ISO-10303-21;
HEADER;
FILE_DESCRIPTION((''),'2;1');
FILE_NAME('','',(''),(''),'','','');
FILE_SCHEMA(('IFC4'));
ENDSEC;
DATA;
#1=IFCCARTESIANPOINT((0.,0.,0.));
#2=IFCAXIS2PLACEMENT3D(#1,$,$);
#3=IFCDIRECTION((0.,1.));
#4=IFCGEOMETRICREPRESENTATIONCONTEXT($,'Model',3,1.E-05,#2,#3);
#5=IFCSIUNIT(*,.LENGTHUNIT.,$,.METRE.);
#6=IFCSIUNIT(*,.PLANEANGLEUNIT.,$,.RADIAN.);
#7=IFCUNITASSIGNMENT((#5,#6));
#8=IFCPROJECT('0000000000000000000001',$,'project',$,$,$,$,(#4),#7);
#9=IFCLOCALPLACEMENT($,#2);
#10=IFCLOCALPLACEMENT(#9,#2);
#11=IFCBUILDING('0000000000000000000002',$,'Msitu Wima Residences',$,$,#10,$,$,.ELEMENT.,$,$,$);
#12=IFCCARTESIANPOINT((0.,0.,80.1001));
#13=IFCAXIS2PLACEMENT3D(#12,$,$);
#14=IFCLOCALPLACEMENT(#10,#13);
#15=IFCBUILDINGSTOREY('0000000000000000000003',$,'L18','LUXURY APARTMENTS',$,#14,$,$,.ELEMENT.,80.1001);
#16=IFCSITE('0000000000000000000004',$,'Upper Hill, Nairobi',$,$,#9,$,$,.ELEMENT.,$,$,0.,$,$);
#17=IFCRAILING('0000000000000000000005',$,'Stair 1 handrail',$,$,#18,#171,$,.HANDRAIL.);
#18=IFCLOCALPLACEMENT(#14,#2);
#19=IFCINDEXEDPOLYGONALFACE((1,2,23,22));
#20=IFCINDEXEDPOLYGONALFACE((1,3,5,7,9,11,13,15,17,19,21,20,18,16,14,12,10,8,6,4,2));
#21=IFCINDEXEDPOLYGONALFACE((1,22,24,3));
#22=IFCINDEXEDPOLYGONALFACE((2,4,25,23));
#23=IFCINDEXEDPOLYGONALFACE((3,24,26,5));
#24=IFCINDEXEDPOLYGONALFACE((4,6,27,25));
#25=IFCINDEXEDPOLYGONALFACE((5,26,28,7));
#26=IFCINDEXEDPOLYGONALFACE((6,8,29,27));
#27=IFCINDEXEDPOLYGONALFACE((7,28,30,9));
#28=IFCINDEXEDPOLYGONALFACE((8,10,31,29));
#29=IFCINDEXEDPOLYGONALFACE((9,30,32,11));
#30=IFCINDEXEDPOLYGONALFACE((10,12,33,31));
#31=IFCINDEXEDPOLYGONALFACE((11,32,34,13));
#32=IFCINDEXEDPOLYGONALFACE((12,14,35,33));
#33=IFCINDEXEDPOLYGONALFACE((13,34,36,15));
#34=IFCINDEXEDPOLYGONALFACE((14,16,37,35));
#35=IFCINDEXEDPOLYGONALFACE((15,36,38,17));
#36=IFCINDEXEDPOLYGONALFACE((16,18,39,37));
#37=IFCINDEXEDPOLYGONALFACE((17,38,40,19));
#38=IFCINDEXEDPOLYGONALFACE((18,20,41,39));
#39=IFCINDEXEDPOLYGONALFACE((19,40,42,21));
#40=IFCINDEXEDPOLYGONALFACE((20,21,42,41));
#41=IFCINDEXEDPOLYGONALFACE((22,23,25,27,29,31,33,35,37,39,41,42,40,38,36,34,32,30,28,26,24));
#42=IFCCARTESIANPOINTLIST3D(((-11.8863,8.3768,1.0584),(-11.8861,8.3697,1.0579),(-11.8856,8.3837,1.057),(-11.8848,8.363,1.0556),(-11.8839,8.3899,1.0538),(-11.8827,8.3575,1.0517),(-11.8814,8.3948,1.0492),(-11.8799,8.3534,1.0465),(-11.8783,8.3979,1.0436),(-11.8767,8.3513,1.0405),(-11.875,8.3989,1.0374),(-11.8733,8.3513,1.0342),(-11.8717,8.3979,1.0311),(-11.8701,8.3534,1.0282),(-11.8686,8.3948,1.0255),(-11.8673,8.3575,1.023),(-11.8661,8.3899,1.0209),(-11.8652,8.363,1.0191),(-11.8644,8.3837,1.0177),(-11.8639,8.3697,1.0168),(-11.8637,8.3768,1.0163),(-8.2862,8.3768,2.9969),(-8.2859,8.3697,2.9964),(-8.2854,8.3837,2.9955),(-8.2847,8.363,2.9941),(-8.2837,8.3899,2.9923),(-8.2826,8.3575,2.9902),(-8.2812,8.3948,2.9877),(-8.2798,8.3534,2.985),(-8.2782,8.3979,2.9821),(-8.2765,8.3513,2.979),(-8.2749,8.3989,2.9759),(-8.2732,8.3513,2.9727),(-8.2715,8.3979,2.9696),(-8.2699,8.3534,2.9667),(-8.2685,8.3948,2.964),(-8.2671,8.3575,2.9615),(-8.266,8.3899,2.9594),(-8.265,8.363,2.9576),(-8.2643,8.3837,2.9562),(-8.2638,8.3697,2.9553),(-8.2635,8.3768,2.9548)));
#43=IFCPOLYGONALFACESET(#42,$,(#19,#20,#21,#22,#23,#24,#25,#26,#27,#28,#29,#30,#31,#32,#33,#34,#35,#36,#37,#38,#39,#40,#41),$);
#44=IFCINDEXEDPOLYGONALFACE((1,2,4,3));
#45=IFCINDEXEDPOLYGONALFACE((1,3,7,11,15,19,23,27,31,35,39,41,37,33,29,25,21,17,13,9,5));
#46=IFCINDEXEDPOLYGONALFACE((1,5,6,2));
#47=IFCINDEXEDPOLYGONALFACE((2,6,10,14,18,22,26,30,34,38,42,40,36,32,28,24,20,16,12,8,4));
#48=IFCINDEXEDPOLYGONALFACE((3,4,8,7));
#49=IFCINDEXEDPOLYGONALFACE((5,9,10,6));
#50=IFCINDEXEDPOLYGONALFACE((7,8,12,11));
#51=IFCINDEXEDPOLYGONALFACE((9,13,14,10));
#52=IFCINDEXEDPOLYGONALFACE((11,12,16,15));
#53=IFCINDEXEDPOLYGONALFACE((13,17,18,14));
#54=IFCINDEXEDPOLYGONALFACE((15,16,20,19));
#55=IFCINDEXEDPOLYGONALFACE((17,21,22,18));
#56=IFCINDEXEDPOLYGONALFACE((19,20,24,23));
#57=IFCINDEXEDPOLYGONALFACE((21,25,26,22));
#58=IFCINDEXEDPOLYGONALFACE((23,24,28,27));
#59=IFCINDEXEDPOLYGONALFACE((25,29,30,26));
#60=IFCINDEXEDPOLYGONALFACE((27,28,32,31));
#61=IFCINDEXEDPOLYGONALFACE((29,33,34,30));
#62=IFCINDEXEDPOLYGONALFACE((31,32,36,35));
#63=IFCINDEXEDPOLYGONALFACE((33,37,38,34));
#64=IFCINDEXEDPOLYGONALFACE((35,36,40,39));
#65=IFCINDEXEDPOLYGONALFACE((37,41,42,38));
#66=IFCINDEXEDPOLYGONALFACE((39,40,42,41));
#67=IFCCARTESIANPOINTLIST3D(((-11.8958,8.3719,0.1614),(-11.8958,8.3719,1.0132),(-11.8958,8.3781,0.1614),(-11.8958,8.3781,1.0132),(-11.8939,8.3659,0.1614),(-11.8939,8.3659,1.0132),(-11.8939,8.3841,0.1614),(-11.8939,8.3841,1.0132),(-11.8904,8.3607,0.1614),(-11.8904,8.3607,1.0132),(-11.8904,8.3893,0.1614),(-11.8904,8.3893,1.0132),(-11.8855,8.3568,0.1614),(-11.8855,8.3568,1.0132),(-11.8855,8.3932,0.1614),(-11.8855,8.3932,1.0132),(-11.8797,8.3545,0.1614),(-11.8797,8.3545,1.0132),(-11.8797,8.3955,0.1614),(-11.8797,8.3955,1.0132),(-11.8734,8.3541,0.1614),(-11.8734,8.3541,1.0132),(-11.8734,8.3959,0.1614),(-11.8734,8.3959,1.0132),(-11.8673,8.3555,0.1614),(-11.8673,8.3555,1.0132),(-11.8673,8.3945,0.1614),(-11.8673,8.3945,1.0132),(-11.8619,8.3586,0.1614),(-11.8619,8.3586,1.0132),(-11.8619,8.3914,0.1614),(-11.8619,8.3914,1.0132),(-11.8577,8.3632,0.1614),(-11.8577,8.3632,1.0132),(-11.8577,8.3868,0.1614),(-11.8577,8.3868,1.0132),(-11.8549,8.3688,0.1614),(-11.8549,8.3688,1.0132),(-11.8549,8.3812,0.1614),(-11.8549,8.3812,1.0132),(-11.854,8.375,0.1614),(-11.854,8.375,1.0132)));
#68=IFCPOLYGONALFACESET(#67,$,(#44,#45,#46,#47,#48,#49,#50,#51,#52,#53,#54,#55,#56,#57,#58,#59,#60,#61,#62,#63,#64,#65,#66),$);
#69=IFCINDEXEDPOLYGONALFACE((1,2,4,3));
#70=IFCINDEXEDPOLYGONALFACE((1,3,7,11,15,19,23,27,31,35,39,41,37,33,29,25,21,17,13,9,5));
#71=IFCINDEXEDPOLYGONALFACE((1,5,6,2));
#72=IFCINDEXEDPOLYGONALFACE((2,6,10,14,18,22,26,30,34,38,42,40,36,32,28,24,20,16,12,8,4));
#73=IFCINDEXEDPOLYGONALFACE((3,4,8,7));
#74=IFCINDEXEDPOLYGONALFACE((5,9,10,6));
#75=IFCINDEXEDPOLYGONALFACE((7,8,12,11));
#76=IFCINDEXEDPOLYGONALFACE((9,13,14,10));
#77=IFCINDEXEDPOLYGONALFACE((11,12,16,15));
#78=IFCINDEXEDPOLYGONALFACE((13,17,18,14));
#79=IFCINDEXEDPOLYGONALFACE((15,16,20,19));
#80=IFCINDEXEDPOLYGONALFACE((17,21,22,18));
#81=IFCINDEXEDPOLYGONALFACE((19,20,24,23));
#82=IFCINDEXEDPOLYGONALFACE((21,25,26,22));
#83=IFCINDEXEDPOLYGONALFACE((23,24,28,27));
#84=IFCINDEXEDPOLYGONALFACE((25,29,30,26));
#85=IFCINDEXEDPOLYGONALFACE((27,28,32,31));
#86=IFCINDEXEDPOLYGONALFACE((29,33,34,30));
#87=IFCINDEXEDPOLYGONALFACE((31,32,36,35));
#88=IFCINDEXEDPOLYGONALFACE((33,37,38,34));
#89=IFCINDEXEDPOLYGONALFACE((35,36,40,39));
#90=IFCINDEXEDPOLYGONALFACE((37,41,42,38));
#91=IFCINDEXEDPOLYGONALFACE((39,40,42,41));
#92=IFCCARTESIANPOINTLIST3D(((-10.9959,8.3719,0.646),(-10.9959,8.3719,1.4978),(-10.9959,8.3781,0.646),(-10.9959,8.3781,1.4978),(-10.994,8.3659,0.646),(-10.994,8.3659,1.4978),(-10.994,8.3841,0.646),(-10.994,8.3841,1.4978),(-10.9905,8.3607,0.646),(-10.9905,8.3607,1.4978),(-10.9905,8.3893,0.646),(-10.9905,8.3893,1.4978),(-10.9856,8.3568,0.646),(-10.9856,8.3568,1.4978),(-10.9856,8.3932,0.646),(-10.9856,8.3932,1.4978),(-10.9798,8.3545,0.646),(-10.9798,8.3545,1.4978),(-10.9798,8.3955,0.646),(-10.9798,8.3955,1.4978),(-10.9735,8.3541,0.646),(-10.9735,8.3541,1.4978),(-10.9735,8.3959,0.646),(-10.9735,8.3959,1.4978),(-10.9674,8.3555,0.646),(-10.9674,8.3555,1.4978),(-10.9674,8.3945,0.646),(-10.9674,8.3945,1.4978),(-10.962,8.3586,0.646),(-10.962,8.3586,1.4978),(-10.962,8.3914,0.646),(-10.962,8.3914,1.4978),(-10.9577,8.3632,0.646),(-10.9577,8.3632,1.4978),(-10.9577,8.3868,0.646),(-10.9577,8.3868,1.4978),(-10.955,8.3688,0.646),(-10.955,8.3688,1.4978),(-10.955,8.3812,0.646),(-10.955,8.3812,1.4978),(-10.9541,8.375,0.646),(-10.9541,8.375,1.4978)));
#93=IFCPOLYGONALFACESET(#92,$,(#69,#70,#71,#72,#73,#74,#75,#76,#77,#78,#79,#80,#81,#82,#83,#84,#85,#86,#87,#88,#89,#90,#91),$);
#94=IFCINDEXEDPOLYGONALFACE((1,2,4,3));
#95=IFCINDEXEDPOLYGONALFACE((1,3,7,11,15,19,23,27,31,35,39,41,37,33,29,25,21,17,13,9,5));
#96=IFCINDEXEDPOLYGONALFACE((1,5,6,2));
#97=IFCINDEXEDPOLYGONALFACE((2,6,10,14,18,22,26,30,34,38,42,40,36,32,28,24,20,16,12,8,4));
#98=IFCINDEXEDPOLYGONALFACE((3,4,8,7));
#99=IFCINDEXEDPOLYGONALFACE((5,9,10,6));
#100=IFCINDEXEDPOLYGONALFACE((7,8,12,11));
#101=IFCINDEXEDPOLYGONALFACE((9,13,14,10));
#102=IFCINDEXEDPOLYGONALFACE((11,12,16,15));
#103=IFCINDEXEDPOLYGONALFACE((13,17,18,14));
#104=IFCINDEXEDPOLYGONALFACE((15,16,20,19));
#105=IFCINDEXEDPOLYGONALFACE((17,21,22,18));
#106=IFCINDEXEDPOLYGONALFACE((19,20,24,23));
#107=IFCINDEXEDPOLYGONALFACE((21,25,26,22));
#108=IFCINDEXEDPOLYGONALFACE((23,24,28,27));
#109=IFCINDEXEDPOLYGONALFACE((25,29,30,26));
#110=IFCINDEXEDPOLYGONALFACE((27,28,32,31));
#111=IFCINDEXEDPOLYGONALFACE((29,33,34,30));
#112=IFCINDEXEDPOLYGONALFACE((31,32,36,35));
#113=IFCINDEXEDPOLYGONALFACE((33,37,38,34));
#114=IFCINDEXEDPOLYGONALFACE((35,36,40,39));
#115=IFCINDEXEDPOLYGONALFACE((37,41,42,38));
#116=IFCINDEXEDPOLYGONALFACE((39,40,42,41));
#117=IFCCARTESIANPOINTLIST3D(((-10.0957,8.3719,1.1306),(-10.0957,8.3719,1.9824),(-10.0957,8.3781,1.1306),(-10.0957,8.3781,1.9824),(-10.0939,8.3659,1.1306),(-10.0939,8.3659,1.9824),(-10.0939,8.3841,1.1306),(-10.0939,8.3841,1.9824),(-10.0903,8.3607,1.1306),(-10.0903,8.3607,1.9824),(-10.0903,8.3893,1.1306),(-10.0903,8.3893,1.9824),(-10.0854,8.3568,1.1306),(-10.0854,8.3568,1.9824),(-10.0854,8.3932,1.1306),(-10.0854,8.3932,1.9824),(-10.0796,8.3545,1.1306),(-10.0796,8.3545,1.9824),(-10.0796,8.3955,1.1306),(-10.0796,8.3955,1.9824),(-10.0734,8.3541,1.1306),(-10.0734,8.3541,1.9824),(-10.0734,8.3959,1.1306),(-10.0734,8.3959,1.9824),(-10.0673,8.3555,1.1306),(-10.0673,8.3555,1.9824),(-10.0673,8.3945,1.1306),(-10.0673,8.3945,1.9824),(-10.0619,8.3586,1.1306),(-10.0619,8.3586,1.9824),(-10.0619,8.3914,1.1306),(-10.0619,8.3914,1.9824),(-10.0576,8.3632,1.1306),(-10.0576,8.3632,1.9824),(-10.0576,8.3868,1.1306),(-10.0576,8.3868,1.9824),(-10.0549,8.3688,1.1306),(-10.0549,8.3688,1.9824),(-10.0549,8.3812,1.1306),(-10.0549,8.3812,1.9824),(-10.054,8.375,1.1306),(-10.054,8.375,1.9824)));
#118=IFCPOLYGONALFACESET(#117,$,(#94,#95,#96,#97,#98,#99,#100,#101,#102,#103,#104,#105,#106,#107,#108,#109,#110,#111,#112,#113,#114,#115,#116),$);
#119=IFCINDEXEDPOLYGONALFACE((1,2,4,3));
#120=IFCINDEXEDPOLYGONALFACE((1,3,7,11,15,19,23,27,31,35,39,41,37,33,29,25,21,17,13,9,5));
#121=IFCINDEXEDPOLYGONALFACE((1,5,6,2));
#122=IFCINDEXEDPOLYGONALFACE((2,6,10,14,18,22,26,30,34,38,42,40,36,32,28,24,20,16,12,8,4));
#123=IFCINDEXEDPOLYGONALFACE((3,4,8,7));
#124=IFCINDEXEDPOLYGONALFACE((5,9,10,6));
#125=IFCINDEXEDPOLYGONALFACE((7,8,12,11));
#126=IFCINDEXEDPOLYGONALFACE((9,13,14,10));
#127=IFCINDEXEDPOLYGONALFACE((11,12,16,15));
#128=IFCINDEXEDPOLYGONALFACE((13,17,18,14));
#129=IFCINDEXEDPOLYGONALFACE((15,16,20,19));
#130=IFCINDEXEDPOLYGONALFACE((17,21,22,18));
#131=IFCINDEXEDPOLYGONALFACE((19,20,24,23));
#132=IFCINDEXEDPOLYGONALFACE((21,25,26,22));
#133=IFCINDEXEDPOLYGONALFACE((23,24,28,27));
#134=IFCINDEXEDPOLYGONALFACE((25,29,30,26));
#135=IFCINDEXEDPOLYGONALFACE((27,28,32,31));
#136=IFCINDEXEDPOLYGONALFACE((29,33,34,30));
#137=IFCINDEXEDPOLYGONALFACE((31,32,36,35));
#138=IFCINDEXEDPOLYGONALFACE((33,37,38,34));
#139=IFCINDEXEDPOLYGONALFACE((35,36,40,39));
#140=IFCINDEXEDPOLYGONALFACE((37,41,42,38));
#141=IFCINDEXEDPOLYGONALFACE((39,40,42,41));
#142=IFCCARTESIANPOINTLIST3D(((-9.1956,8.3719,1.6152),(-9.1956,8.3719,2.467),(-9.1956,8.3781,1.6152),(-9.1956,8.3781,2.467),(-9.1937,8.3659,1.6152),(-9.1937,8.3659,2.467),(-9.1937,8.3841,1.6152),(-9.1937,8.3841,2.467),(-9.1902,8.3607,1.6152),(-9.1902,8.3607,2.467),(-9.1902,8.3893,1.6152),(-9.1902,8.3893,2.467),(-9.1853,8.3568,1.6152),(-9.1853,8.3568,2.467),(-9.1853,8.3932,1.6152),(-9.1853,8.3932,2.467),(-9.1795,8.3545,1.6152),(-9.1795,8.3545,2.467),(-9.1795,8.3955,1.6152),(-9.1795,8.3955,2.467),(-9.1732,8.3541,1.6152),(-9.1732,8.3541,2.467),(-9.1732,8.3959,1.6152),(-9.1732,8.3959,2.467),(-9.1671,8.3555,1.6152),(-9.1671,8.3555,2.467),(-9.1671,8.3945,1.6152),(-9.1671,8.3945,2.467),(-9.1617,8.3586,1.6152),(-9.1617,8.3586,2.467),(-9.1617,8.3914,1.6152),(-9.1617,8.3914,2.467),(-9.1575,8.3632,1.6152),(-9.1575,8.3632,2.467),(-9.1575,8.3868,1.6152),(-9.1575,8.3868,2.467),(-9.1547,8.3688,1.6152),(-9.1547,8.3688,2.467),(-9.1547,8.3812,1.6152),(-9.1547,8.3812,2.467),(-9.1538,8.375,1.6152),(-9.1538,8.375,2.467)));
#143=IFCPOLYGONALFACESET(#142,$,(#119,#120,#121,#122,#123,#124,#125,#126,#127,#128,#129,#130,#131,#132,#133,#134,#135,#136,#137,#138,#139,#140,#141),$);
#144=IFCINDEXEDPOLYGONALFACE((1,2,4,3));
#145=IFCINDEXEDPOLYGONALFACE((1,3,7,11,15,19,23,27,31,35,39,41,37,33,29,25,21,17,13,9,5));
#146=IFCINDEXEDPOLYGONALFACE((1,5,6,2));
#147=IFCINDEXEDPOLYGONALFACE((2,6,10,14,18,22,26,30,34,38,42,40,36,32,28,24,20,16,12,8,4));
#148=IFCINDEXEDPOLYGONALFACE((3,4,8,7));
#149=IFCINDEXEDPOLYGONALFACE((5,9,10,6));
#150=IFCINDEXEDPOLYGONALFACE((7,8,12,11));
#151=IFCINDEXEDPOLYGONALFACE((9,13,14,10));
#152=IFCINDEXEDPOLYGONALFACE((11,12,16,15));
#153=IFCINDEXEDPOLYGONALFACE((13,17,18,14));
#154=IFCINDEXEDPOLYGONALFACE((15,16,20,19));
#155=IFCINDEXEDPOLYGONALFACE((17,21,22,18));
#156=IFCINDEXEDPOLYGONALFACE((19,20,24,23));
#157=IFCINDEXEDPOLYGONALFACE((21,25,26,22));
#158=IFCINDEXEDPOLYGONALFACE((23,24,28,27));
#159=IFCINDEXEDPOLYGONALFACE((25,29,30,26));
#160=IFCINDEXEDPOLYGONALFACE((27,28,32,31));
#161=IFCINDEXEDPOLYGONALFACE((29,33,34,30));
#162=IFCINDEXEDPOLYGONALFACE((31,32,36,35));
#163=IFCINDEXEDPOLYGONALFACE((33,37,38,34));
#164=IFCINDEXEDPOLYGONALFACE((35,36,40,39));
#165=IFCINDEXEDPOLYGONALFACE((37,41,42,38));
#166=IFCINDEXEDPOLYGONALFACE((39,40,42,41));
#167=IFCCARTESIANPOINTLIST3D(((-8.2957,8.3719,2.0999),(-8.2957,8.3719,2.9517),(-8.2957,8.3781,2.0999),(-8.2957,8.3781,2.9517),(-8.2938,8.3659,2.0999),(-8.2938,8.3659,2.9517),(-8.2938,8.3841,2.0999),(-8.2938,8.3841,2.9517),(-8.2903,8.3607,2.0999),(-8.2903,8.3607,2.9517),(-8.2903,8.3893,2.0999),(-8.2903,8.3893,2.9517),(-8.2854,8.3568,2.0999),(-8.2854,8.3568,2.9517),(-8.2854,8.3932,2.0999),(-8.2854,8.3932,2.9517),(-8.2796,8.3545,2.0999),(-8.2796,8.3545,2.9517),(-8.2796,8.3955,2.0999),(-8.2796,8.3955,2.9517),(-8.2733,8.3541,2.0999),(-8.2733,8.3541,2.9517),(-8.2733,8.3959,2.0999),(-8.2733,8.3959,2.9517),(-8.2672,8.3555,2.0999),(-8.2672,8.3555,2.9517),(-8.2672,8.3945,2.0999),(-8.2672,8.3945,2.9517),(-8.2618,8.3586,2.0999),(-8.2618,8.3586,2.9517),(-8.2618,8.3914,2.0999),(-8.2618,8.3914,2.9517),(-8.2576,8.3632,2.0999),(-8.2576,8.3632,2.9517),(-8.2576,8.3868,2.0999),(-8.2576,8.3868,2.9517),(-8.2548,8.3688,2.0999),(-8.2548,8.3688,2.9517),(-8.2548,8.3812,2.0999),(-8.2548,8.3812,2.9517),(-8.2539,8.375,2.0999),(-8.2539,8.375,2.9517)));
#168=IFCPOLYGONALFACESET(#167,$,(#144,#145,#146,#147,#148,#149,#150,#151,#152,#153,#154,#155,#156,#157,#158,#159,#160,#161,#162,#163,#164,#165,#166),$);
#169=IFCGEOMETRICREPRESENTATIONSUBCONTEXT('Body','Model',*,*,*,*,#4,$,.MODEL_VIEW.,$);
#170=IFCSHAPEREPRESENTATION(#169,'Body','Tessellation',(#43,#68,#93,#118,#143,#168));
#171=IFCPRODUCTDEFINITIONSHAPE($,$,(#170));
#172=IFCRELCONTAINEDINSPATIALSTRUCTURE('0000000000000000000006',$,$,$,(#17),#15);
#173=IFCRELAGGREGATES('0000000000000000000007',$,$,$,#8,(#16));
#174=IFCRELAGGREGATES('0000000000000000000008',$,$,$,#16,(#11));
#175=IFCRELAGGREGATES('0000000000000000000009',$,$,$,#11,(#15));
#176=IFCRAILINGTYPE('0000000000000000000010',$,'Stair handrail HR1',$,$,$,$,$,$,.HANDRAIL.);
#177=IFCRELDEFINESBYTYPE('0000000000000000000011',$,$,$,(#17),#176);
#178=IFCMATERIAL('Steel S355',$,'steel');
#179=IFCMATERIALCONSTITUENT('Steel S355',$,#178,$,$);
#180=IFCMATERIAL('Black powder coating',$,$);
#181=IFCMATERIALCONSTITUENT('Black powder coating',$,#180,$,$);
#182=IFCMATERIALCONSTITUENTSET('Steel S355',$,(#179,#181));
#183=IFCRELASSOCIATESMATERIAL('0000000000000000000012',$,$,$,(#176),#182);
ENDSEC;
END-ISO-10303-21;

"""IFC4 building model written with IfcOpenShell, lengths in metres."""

from ifc_helpers import new_model, si_unit, direction, frame, origin, origin_2d, place, context, subcontext, project, spatial, circle, extrude, material, constituent, constituent_set, type_object, element, save


model = new_model("IFC4")

# Units and contexts
model_context = context("Model", 3, precision=1e-05, world=origin(), true_north=direction((0.0, 1.0)))
body_context = subcontext(model_context, "Body", "Model", "MODEL_VIEW")
ifc_project = project(units=[si_unit("LENGTHUNIT", "METRE"), si_unit("PLANEANGLEUNIT", "RADIAN")], contexts=[model_context])

# Site, building, storey
site_placement = place(None, origin())
site = spatial("IfcSite", under=ifc_project, at=site_placement, Name="Upper Hill, Nairobi", CompositionType="ELEMENT", RefElevation=0.0)
building_placement = place(site_placement, origin())
building = spatial("IfcBuilding", under=site, at=building_placement, Name="Msitu Wima Residences", CompositionType="ELEMENT")
storey_placement = place(building_placement, frame((0.0, 0.0, 80.1001)))
storey = spatial("IfcBuildingStorey", under=building, at=storey_placement, Name="L18", Description="LUXURY APARTMENTS", CompositionType="ELEMENT", Elevation=80.1001)

# Railing
ifc_material_1 = material(Name="Steel S355", Category="steel")
ifc_constituent_1 = constituent(ifc_material_1, Name="Steel S355")
ifc_material_2 = material(Name="Black powder coating")
ifc_constituent_2 = constituent(ifc_material_2, Name="Black powder coating")
ifc_constituent_set = constituent_set(constituents=[ifc_constituent_1, ifc_constituent_2], Name="Steel S355")
railing_type = type_object("IfcRailingType", Name="Stair handrail HR1", PredefinedType="HANDRAIL", material=ifc_constituent_set)
for number, where, name in (
    (1, (-11.875, 8.375, 0.1614), "Stair 1 handrail"),
):
    element("IfcRailing", number, at=place(storey_placement, frame(where)), inside=storey, type_object=railing_type, Name=name, PredefinedType="HANDRAIL", context=body_context, shape_type="SweptSolid", body=[
        extrude(circle(Radius=0.0239, at=origin_2d()), frame((0.0, 0.0, 0.876), z_axis=(0.880475, 0.0, 0.474093), x_axis=(0.0, 1.0, 0.0)), (0.0, 0.0, 1.0), 4.0889),
        extrude(circle(Radius=0.021, at=origin_2d()), origin(), (0.0, 0.0, 1.0), 0.8518),
        extrude(circle(Radius=0.021, at=origin_2d()), frame((0.8999, 0.0, 0.4846)), (0.0, 0.0, 1.0), 0.8518),
        extrude(circle(Radius=0.021, at=origin_2d()), frame((1.8, 0.0, 0.9692)), (0.0, 0.0, 1.0), 0.8518),
        extrude(circle(Radius=0.021, at=origin_2d()), frame((2.7002, 0.0, 1.4539)), (0.0, 0.0, 1.0), 0.8518),
        extrude(circle(Radius=0.021, at=origin_2d()), frame((3.6001, 0.0, 1.9385)), (0.0, 0.0, 1.0), 0.8518),
    ])

save(model, "model.ifc")
